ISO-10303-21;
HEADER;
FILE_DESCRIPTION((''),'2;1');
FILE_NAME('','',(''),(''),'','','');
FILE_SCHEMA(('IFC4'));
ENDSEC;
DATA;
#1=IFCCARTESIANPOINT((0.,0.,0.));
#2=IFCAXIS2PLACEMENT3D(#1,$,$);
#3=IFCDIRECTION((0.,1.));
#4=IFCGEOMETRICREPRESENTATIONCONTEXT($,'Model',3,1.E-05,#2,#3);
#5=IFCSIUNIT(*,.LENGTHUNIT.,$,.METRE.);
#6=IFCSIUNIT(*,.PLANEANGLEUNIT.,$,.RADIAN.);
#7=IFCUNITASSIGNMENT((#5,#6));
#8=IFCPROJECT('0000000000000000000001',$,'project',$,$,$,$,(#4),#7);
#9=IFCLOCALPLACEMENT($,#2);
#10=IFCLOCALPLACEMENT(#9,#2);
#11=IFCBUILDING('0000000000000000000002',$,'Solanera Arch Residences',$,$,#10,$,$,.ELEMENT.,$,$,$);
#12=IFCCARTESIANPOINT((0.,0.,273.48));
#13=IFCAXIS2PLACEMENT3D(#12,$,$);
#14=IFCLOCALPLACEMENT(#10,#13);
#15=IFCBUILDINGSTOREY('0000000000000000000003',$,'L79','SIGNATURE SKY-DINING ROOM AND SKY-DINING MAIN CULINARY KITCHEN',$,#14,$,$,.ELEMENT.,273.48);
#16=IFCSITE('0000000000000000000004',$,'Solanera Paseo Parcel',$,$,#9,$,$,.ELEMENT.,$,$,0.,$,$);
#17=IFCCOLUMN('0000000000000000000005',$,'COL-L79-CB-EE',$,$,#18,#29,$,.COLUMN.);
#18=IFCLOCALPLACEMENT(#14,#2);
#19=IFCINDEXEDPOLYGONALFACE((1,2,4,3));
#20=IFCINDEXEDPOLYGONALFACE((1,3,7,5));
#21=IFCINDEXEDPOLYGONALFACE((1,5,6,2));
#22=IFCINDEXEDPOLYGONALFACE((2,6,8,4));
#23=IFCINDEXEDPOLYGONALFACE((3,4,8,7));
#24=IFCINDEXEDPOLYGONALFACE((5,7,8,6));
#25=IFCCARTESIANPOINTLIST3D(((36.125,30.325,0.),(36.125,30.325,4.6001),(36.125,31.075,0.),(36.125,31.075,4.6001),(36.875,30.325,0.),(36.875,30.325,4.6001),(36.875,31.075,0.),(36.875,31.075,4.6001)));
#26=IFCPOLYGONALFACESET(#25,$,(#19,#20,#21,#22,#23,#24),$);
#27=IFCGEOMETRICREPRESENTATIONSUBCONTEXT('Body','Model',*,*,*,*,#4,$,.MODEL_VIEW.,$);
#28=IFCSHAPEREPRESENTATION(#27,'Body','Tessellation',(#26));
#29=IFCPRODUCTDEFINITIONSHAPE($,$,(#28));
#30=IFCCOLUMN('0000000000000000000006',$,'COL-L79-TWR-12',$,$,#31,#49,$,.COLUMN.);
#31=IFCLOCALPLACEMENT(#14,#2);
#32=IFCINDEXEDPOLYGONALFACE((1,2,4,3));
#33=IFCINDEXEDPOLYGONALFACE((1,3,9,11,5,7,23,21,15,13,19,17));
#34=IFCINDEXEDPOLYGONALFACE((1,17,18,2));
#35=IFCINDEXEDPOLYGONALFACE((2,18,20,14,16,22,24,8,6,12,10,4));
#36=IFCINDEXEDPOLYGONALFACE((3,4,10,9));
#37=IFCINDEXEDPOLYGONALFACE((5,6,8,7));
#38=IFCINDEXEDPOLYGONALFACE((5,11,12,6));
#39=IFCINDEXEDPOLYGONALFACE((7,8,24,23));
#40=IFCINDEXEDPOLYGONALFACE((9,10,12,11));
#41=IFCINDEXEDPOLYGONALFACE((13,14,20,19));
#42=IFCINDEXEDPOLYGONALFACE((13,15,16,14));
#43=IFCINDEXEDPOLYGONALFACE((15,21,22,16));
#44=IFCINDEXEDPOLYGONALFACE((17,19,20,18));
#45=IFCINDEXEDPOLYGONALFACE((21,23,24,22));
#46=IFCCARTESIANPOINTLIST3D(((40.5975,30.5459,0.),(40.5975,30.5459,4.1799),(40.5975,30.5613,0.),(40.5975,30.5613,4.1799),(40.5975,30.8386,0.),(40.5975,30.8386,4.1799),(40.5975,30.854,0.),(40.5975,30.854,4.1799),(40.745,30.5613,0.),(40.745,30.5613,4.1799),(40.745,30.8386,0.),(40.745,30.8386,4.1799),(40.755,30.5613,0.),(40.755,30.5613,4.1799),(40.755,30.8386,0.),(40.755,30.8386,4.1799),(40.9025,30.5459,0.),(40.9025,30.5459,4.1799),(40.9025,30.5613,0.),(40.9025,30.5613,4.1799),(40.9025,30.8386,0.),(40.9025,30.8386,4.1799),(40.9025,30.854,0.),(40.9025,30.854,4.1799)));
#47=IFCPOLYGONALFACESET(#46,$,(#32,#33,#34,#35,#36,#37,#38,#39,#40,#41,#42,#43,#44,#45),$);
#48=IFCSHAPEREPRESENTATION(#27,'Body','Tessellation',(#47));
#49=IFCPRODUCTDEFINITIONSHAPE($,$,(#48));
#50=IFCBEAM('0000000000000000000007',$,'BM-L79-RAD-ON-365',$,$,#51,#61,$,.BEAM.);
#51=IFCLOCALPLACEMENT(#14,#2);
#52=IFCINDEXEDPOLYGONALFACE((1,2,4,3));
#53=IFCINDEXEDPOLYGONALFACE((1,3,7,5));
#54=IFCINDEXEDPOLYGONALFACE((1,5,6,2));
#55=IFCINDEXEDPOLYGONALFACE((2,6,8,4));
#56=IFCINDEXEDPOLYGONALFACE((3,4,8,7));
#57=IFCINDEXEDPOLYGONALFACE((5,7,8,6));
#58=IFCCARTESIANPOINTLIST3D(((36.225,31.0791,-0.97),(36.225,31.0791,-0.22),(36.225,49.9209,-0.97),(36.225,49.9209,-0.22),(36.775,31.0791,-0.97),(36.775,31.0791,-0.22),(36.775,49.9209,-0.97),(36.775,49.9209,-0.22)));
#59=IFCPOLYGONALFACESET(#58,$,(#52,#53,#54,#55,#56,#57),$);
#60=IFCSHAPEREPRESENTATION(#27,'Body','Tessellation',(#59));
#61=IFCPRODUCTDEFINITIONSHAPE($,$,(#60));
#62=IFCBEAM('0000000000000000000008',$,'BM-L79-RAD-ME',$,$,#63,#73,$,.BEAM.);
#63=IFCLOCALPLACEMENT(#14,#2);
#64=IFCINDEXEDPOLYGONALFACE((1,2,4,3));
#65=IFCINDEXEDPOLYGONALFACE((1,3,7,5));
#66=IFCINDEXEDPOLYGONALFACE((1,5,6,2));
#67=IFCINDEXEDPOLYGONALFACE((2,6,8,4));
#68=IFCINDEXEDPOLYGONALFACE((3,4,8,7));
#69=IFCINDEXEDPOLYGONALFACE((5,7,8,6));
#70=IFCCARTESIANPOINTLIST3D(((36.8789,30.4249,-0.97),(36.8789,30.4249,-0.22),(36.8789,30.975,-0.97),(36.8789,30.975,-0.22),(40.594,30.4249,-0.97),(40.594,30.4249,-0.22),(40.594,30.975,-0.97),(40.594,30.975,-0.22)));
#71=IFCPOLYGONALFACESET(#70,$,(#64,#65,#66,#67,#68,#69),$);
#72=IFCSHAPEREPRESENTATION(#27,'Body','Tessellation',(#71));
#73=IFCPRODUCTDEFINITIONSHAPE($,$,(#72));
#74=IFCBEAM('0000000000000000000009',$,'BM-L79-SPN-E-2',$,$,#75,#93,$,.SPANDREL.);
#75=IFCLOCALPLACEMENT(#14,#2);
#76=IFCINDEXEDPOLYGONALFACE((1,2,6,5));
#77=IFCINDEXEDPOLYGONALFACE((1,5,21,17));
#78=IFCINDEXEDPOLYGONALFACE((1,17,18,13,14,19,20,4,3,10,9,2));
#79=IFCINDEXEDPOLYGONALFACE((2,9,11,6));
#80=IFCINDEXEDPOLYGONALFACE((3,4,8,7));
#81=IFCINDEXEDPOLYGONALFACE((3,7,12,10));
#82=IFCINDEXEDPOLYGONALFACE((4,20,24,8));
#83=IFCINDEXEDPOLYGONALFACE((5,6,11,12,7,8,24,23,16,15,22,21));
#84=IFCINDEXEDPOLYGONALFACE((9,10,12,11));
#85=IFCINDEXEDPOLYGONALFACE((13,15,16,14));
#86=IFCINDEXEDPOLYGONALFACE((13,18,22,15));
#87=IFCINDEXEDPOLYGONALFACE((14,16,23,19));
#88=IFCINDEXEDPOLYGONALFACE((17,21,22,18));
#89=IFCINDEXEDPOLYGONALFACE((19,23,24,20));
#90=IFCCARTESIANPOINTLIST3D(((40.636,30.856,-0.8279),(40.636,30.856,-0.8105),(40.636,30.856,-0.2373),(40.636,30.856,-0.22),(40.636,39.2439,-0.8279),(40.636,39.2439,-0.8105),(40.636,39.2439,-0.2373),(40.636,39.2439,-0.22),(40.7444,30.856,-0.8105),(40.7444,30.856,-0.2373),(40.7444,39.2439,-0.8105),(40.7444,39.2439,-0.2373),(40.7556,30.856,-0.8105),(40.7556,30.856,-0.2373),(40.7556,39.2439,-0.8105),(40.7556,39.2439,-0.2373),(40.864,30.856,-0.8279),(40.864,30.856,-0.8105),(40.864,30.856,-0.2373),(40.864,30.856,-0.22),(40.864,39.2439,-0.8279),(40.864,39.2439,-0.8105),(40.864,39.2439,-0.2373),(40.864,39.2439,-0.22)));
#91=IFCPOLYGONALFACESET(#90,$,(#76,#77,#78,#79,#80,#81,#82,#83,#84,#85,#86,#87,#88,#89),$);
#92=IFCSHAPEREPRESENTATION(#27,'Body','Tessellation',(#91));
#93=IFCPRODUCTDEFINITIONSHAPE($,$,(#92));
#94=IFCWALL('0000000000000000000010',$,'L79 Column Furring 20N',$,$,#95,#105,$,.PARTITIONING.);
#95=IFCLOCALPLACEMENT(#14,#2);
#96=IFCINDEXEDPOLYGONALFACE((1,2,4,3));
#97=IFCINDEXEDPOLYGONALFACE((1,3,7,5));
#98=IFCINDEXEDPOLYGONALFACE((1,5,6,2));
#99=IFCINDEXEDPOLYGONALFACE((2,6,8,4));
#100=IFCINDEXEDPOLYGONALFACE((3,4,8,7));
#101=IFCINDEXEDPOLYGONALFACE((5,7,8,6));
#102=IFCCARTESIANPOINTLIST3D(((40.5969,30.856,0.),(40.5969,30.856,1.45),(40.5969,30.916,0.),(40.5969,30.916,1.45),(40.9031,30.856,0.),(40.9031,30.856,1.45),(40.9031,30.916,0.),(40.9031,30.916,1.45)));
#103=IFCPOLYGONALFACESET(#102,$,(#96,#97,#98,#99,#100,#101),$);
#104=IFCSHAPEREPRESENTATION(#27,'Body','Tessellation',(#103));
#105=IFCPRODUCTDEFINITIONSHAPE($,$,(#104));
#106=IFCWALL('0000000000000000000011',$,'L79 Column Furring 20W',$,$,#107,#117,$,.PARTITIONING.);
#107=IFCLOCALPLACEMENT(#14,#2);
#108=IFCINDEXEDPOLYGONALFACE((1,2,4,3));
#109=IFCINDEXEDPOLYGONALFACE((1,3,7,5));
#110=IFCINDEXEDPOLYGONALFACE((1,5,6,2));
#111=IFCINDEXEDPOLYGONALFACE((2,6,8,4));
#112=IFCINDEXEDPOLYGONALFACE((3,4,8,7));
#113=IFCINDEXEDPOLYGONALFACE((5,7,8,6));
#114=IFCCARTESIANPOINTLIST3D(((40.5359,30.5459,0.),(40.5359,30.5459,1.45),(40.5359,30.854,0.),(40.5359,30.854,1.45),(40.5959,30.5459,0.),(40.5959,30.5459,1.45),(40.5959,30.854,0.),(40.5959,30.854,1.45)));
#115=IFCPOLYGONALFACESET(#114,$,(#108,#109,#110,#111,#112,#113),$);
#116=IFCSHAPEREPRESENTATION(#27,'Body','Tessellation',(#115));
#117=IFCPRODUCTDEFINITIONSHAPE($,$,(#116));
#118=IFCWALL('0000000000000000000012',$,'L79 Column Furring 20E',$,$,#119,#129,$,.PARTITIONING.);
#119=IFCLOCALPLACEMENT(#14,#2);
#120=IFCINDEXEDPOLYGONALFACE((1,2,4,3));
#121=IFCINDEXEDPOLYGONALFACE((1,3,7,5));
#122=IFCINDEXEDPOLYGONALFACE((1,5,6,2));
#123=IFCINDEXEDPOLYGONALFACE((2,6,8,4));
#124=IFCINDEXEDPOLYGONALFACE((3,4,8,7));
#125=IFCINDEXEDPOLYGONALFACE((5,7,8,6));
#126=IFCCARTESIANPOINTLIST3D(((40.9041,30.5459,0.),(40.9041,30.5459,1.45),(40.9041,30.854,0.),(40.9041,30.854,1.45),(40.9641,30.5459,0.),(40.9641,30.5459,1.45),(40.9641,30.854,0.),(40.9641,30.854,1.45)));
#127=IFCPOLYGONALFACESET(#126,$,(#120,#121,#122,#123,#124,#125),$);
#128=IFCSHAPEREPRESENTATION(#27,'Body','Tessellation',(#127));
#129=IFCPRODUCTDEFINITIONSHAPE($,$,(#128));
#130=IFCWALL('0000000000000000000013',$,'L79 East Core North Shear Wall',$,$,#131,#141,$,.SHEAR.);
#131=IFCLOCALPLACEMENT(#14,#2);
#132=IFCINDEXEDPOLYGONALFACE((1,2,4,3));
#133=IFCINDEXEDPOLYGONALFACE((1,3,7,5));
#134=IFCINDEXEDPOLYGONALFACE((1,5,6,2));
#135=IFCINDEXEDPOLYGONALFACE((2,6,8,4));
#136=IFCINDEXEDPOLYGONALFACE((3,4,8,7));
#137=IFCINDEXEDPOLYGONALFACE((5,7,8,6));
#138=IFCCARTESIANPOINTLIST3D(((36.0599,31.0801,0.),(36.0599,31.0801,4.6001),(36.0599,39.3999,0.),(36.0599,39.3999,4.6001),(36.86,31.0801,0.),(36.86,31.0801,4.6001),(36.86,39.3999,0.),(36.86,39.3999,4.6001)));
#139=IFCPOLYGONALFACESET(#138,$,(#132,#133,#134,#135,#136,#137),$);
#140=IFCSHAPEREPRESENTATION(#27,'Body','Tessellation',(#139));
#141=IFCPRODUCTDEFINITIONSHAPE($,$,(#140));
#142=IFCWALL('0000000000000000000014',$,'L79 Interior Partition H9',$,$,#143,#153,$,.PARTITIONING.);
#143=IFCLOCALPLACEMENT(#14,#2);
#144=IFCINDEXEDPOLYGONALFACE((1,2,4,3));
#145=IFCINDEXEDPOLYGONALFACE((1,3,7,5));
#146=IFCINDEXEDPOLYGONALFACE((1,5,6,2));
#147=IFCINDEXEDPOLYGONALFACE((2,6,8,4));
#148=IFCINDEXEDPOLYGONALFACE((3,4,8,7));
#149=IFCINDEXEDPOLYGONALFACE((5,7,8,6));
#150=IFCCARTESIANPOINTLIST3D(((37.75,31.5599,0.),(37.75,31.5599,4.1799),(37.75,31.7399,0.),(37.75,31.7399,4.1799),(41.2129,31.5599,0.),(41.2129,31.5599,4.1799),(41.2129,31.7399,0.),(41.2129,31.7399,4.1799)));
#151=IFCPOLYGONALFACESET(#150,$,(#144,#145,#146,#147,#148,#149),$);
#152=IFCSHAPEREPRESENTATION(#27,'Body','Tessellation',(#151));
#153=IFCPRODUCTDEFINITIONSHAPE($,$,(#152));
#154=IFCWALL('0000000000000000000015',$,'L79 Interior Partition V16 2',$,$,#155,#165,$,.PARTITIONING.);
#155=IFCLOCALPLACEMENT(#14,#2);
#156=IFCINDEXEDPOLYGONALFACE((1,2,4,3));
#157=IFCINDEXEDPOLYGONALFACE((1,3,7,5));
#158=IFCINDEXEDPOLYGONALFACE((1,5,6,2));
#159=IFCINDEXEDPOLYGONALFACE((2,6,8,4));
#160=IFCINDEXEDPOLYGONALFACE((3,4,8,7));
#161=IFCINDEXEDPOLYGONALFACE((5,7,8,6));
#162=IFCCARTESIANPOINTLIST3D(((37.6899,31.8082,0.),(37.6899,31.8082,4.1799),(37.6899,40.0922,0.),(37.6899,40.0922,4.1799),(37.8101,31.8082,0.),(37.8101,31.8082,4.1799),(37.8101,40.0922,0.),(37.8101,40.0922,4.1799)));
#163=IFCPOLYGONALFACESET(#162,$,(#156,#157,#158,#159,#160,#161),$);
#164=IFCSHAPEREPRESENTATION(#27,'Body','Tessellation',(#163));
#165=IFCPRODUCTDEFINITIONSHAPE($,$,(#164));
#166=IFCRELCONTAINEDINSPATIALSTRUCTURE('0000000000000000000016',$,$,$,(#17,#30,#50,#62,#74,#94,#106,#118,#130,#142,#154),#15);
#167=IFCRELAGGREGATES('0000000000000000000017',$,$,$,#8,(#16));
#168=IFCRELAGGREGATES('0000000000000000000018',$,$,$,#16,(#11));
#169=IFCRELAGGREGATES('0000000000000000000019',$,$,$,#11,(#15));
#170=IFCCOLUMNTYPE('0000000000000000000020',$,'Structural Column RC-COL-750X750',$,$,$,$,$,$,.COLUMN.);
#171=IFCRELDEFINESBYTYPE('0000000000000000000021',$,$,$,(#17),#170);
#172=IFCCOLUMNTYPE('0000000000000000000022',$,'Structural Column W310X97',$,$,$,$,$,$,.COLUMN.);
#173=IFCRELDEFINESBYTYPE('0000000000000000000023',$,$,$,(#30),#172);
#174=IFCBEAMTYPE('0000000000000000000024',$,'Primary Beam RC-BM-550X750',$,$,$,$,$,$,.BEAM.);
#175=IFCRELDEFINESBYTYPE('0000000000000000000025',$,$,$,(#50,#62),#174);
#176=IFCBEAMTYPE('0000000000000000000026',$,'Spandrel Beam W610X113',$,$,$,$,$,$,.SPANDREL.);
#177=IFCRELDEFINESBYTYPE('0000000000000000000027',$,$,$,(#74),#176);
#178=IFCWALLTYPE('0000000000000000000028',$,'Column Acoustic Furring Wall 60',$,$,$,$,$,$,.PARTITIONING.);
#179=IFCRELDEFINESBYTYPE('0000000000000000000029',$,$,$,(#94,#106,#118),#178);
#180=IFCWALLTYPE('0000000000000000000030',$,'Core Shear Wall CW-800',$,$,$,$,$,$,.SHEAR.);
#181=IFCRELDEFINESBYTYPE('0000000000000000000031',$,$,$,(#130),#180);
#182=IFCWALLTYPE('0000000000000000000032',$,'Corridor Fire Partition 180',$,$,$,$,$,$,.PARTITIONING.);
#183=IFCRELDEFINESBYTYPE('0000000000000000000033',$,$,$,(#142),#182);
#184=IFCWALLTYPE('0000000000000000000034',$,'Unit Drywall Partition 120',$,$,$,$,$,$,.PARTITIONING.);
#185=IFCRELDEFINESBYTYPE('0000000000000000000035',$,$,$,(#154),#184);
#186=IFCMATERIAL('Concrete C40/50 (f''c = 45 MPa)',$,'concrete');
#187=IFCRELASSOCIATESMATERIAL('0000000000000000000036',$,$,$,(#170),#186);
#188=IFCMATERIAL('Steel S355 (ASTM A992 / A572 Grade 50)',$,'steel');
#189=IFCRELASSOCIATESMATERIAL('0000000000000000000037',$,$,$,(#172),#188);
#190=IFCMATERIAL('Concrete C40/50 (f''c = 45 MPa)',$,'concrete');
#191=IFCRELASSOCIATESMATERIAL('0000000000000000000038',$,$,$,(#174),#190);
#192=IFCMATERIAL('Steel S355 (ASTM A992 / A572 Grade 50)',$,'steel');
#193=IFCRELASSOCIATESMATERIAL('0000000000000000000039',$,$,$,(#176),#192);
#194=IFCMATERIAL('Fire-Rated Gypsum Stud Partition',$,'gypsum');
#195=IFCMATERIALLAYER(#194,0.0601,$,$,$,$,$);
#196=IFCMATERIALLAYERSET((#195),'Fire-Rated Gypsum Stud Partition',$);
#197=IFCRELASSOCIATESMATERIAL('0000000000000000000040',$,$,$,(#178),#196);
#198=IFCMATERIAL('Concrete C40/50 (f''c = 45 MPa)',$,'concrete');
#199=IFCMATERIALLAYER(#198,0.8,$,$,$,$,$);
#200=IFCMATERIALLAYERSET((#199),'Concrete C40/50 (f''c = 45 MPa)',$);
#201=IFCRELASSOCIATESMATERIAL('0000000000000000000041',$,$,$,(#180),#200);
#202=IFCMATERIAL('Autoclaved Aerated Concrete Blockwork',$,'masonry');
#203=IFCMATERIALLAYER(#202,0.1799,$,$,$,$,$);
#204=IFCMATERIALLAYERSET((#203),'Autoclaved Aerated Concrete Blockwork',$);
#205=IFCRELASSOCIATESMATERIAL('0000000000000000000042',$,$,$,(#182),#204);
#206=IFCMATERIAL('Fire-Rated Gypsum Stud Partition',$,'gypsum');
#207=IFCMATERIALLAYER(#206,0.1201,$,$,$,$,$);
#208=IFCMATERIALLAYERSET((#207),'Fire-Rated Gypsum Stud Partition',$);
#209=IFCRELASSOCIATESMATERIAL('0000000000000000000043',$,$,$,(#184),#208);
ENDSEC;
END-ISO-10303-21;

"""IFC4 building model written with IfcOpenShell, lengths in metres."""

from ifc_helpers import new_model, si_unit, direction, frame, frame_2d, origin, origin_2d, place, context, subcontext, project, spatial, rectangle, i_section, extrude, material, layer, layer_set, material_profile, profile_set, type_object, element, save


model = new_model("IFC4")

# Units and contexts
model_context = context("Model", 3, precision=1e-05, world=origin(), true_north=direction((0.0, 1.0)))
body_context = subcontext(model_context, "Body", "Model", "MODEL_VIEW")
ifc_project = project(units=[si_unit("LENGTHUNIT", "METRE"), si_unit("PLANEANGLEUNIT", "RADIAN")], contexts=[model_context])

# Site, building, storey
site_placement = place(None, origin())
site = spatial("IfcSite", under=ifc_project, at=site_placement, Name="Solanera Paseo Parcel", CompositionType="ELEMENT", RefElevation=0.0)
building_placement = place(site_placement, origin())
building = spatial("IfcBuilding", under=site, at=building_placement, Name="Solanera Arch Residences", CompositionType="ELEMENT")
storey_placement = place(building_placement, frame((0.0, 0.0, 273.48)))
storey = spatial("IfcBuildingStorey", under=building, at=storey_placement, Name="L79", Description="SIGNATURE SKY-DINING ROOM AND SKY-DINING MAIN CULINARY KITCHEN", CompositionType="ELEMENT", Elevation=273.48)

# Columns
ifc_material_1 = material(Name="Concrete C40/50 (f'c = 45 MPa)", Category="concrete")
ifc_material_profile_1 = material_profile(ifc_material_1, rectangle(XDim=0.75, YDim=0.75, at=origin_2d()))
ifc_profile_set_1 = profile_set([ifc_material_profile_1], Name="Concrete C40/50 (f'c = 45 MPa)")
column_type_1 = type_object("IfcColumnType", Name="Structural Column RC-COL-750X750", PredefinedType="COLUMN", material=ifc_profile_set_1)
column_1_placement = place(storey_placement, frame((36.5, 30.7, 0.0), z_axis=(0.0, 0.0, 1.0), x_axis=(1.0, 0.0, 0.0)))
element("IfcColumn", 1, at=column_1_placement, inside=storey, type_object=column_type_1, Name="COL-L79-CB-EE", PredefinedType="COLUMN", context=body_context, shape_type="SweptSolid", body=[
    extrude(rectangle(XDim=0.75, YDim=0.75, at=origin_2d()), origin(), (0.0, 0.0, 1.0), 4.6001),
])
ifc_material_2 = material(Name="Steel S355 (ASTM A992 / A572 Grade 50)", Category="steel")
ifc_material_profile_2 = material_profile(ifc_material_2, i_section(OverallWidth=0.3049, OverallDepth=0.3081, WebThickness=0.01, FlangeThickness=0.0154, at=origin_2d()))
ifc_profile_set_2 = profile_set([ifc_material_profile_2], Name="Steel S355 (ASTM A992 / A572 Grade 50)")
column_type_2 = type_object("IfcColumnType", Name="Structural Column W310X97", PredefinedType="COLUMN", material=ifc_profile_set_2)
column_2_placement = place(storey_placement, frame((40.75, 30.7, 0.0), z_axis=(0.0, 0.0, 1.0), x_axis=(1.0, 0.0, 0.0)))
element("IfcColumn", 2, at=column_2_placement, inside=storey, type_object=column_type_2, Name="COL-L79-TWR-12", PredefinedType="COLUMN", context=body_context, shape_type="SweptSolid", body=[
    extrude(i_section(OverallWidth=0.3049, OverallDepth=0.3081, WebThickness=0.01, FlangeThickness=0.0154, at=origin_2d()), origin(), (0.0, 0.0, 1.0), 4.1799),
])

# Beams
ifc_material_3 = material(Name="Concrete C40/50 (f'c = 45 MPa)", Category="concrete")
ifc_material_profile_3 = material_profile(ifc_material_3, rectangle(XDim=0.55, YDim=0.75, at=origin_2d()))
ifc_profile_set_3 = profile_set([ifc_material_profile_3], Name="Concrete C40/50 (f'c = 45 MPa)")
beam_type_1 = type_object("IfcBeamType", Name="Primary Beam RC-BM-550X750", PredefinedType="BEAM", material=ifc_profile_set_3)
beam_1_placement = place(storey_placement, frame((36.5, 31.0791, -0.595), z_axis=(0.0, 1.0, 0.0), x_axis=(-1.0, 0.0, 0.0)))
element("IfcBeam", 3, at=beam_1_placement, inside=storey, type_object=beam_type_1, Name="BM-L79-RAD-ON-365", PredefinedType="BEAM", context=body_context, shape_type="SweptSolid", body=[
    extrude(rectangle(XDim=0.55, YDim=0.75, at=origin_2d()), origin(), (0.0, 0.0, 1.0), 18.8418),
])
beam_2_placement = place(storey_placement, frame((36.8789, 30.7, -0.595), z_axis=(1.0, 0.0, 0.0), x_axis=(0.0, 1.0, 0.0)))
element("IfcBeam", 4, at=beam_2_placement, inside=storey, type_object=beam_type_1, Name="BM-L79-RAD-ME", PredefinedType="BEAM", context=body_context, shape_type="SweptSolid", body=[
    extrude(rectangle(XDim=0.55, YDim=0.75, at=origin_2d()), origin(), (0.0, 0.0, 1.0), 3.7151),
])
ifc_material_4 = material(Name="Steel S355 (ASTM A992 / A572 Grade 50)", Category="steel")
ifc_material_profile_4 = material_profile(ifc_material_4, i_section(OverallWidth=0.228, OverallDepth=0.6079, WebThickness=0.0112, FlangeThickness=0.0173, at=origin_2d()))
ifc_profile_set_4 = profile_set([ifc_material_profile_4], Name="Steel S355 (ASTM A992 / A572 Grade 50)")
beam_type_2 = type_object("IfcBeamType", Name="Spandrel Beam W610X113", PredefinedType="SPANDREL", material=ifc_profile_set_4)
beam_3_placement = place(storey_placement, frame((40.75, 30.856, -0.5239), z_axis=(0.0, 1.0, 0.0), x_axis=(-1.0, 0.0, 0.0)))
element("IfcBeam", 5, at=beam_3_placement, inside=storey, type_object=beam_type_2, Name="BM-L79-SPN-E-2", PredefinedType="SPANDREL", context=body_context, shape_type="SweptSolid", body=[
    extrude(i_section(OverallWidth=0.228, OverallDepth=0.6079, WebThickness=0.0112, FlangeThickness=0.0173, at=origin_2d()), origin(), (0.0, 0.0, 1.0), 8.3879),
])

# Walls
ifc_material_5 = material(Name="Fire-Rated Gypsum Stud Partition", Category="gypsum")
ifc_layer_1 = layer(ifc_material_5, 0.0601)
ifc_layer_set_1 = layer_set([ifc_layer_1], Name="Fire-Rated Gypsum Stud Partition")
wall_type_1 = type_object("IfcWallType", Name="Column Acoustic Furring Wall 60", PredefinedType="PARTITIONING", material=ifc_layer_set_1)
wall_1_placement = place(storey_placement, frame((40.5969, 30.886, 0.0), z_axis=(0.0, 0.0, 1.0), x_axis=(1.0, 0.0, 0.0)))
element("IfcWall", 6, at=wall_1_placement, inside=storey, type_object=wall_type_1, Name="L79 Column Furring 20N", PredefinedType="PARTITIONING", context=body_context, shape_type="SweptSolid", body=[
    extrude(rectangle(XDim=0.3062, YDim=0.0601, at=frame_2d((0.1531, 0.0))), origin(), (0.0, 0.0, 1.0), 1.45),
])
for number, where, z_axis, x_axis, name in (
    (7, (40.5659, 30.5459, 0.0), (0.0, 0.0, 1.0), (0.0, 1.0, 0.0), "L79 Column Furring 20W"),
    (8, (40.9341, 30.5459, 0.0), (0.0, 0.0, 1.0), (0.0, 1.0, 0.0), "L79 Column Furring 20E"),
):
    element("IfcWall", number, at=place(storey_placement, frame(where, z_axis=z_axis, x_axis=x_axis)), inside=storey, type_object=wall_type_1, Name=name, PredefinedType="PARTITIONING", context=body_context, shape_type="SweptSolid", body=[
        extrude(rectangle(XDim=0.3081, YDim=0.0601, at=frame_2d((0.1541, 0.0))), origin(), (0.0, 0.0, 1.0), 1.45),
    ])
ifc_material_6 = material(Name="Concrete C40/50 (f'c = 45 MPa)", Category="concrete")
ifc_layer_2 = layer(ifc_material_6, 0.8)
ifc_layer_set_2 = layer_set([ifc_layer_2], Name="Concrete C40/50 (f'c = 45 MPa)")
wall_type_2 = type_object("IfcWallType", Name="Core Shear Wall CW-800", PredefinedType="SHEAR", material=ifc_layer_set_2)
wall_2_placement = place(storey_placement, frame((36.46, 31.0801, 0.0), z_axis=(0.0, 0.0, 1.0), x_axis=(0.0, 1.0, 0.0)))
element("IfcWall", 9, at=wall_2_placement, inside=storey, type_object=wall_type_2, Name="L79 East Core North Shear Wall", PredefinedType="SHEAR", context=body_context, shape_type="SweptSolid", body=[
    extrude(rectangle(XDim=8.3198, YDim=0.8, at=frame_2d((4.1599, 0.0))), origin(), (0.0, 0.0, 1.0), 4.6001),
])
ifc_material_7 = material(Name="Autoclaved Aerated Concrete Blockwork", Category="masonry")
ifc_layer_3 = layer(ifc_material_7, 0.1799)
ifc_layer_set_3 = layer_set([ifc_layer_3], Name="Autoclaved Aerated Concrete Blockwork")
wall_type_3 = type_object("IfcWallType", Name="Corridor Fire Partition 180", PredefinedType="PARTITIONING", material=ifc_layer_set_3)
wall_3_placement = place(storey_placement, frame((37.75, 31.6499, 0.0), z_axis=(0.0, 0.0, 1.0), x_axis=(1.0, 0.0, 0.0)))
element("IfcWall", 10, at=wall_3_placement, inside=storey, type_object=wall_type_3, Name="L79 Interior Partition H9", PredefinedType="PARTITIONING", context=body_context, shape_type="SweptSolid", body=[
    extrude(rectangle(XDim=3.4629, YDim=0.1799, at=frame_2d((1.7314, 0.0))), origin(), (0.0, 0.0, 1.0), 4.1799),
])
ifc_material_8 = material(Name="Fire-Rated Gypsum Stud Partition", Category="gypsum")
ifc_layer_4 = layer(ifc_material_8, 0.1201)
ifc_layer_set_4 = layer_set([ifc_layer_4], Name="Fire-Rated Gypsum Stud Partition")
wall_type_4 = type_object("IfcWallType", Name="Unit Drywall Partition 120", PredefinedType="PARTITIONING", material=ifc_layer_set_4)
wall_4_placement = place(storey_placement, frame((37.75, 31.8081, 0.0), z_axis=(0.0, 0.0, 1.0), x_axis=(0.0, 1.0, 0.0)))
element("IfcWall", 11, at=wall_4_placement, inside=storey, type_object=wall_type_4, Name="L79 Interior Partition V16 2", PredefinedType="PARTITIONING", context=body_context, shape_type="SweptSolid", body=[
    extrude(rectangle(XDim=8.2839, YDim=0.1201, at=frame_2d((4.1421, 0.0))), origin(), (0.0, 0.0, 1.0), 4.1799),
])

save(model, "model.ifc")
